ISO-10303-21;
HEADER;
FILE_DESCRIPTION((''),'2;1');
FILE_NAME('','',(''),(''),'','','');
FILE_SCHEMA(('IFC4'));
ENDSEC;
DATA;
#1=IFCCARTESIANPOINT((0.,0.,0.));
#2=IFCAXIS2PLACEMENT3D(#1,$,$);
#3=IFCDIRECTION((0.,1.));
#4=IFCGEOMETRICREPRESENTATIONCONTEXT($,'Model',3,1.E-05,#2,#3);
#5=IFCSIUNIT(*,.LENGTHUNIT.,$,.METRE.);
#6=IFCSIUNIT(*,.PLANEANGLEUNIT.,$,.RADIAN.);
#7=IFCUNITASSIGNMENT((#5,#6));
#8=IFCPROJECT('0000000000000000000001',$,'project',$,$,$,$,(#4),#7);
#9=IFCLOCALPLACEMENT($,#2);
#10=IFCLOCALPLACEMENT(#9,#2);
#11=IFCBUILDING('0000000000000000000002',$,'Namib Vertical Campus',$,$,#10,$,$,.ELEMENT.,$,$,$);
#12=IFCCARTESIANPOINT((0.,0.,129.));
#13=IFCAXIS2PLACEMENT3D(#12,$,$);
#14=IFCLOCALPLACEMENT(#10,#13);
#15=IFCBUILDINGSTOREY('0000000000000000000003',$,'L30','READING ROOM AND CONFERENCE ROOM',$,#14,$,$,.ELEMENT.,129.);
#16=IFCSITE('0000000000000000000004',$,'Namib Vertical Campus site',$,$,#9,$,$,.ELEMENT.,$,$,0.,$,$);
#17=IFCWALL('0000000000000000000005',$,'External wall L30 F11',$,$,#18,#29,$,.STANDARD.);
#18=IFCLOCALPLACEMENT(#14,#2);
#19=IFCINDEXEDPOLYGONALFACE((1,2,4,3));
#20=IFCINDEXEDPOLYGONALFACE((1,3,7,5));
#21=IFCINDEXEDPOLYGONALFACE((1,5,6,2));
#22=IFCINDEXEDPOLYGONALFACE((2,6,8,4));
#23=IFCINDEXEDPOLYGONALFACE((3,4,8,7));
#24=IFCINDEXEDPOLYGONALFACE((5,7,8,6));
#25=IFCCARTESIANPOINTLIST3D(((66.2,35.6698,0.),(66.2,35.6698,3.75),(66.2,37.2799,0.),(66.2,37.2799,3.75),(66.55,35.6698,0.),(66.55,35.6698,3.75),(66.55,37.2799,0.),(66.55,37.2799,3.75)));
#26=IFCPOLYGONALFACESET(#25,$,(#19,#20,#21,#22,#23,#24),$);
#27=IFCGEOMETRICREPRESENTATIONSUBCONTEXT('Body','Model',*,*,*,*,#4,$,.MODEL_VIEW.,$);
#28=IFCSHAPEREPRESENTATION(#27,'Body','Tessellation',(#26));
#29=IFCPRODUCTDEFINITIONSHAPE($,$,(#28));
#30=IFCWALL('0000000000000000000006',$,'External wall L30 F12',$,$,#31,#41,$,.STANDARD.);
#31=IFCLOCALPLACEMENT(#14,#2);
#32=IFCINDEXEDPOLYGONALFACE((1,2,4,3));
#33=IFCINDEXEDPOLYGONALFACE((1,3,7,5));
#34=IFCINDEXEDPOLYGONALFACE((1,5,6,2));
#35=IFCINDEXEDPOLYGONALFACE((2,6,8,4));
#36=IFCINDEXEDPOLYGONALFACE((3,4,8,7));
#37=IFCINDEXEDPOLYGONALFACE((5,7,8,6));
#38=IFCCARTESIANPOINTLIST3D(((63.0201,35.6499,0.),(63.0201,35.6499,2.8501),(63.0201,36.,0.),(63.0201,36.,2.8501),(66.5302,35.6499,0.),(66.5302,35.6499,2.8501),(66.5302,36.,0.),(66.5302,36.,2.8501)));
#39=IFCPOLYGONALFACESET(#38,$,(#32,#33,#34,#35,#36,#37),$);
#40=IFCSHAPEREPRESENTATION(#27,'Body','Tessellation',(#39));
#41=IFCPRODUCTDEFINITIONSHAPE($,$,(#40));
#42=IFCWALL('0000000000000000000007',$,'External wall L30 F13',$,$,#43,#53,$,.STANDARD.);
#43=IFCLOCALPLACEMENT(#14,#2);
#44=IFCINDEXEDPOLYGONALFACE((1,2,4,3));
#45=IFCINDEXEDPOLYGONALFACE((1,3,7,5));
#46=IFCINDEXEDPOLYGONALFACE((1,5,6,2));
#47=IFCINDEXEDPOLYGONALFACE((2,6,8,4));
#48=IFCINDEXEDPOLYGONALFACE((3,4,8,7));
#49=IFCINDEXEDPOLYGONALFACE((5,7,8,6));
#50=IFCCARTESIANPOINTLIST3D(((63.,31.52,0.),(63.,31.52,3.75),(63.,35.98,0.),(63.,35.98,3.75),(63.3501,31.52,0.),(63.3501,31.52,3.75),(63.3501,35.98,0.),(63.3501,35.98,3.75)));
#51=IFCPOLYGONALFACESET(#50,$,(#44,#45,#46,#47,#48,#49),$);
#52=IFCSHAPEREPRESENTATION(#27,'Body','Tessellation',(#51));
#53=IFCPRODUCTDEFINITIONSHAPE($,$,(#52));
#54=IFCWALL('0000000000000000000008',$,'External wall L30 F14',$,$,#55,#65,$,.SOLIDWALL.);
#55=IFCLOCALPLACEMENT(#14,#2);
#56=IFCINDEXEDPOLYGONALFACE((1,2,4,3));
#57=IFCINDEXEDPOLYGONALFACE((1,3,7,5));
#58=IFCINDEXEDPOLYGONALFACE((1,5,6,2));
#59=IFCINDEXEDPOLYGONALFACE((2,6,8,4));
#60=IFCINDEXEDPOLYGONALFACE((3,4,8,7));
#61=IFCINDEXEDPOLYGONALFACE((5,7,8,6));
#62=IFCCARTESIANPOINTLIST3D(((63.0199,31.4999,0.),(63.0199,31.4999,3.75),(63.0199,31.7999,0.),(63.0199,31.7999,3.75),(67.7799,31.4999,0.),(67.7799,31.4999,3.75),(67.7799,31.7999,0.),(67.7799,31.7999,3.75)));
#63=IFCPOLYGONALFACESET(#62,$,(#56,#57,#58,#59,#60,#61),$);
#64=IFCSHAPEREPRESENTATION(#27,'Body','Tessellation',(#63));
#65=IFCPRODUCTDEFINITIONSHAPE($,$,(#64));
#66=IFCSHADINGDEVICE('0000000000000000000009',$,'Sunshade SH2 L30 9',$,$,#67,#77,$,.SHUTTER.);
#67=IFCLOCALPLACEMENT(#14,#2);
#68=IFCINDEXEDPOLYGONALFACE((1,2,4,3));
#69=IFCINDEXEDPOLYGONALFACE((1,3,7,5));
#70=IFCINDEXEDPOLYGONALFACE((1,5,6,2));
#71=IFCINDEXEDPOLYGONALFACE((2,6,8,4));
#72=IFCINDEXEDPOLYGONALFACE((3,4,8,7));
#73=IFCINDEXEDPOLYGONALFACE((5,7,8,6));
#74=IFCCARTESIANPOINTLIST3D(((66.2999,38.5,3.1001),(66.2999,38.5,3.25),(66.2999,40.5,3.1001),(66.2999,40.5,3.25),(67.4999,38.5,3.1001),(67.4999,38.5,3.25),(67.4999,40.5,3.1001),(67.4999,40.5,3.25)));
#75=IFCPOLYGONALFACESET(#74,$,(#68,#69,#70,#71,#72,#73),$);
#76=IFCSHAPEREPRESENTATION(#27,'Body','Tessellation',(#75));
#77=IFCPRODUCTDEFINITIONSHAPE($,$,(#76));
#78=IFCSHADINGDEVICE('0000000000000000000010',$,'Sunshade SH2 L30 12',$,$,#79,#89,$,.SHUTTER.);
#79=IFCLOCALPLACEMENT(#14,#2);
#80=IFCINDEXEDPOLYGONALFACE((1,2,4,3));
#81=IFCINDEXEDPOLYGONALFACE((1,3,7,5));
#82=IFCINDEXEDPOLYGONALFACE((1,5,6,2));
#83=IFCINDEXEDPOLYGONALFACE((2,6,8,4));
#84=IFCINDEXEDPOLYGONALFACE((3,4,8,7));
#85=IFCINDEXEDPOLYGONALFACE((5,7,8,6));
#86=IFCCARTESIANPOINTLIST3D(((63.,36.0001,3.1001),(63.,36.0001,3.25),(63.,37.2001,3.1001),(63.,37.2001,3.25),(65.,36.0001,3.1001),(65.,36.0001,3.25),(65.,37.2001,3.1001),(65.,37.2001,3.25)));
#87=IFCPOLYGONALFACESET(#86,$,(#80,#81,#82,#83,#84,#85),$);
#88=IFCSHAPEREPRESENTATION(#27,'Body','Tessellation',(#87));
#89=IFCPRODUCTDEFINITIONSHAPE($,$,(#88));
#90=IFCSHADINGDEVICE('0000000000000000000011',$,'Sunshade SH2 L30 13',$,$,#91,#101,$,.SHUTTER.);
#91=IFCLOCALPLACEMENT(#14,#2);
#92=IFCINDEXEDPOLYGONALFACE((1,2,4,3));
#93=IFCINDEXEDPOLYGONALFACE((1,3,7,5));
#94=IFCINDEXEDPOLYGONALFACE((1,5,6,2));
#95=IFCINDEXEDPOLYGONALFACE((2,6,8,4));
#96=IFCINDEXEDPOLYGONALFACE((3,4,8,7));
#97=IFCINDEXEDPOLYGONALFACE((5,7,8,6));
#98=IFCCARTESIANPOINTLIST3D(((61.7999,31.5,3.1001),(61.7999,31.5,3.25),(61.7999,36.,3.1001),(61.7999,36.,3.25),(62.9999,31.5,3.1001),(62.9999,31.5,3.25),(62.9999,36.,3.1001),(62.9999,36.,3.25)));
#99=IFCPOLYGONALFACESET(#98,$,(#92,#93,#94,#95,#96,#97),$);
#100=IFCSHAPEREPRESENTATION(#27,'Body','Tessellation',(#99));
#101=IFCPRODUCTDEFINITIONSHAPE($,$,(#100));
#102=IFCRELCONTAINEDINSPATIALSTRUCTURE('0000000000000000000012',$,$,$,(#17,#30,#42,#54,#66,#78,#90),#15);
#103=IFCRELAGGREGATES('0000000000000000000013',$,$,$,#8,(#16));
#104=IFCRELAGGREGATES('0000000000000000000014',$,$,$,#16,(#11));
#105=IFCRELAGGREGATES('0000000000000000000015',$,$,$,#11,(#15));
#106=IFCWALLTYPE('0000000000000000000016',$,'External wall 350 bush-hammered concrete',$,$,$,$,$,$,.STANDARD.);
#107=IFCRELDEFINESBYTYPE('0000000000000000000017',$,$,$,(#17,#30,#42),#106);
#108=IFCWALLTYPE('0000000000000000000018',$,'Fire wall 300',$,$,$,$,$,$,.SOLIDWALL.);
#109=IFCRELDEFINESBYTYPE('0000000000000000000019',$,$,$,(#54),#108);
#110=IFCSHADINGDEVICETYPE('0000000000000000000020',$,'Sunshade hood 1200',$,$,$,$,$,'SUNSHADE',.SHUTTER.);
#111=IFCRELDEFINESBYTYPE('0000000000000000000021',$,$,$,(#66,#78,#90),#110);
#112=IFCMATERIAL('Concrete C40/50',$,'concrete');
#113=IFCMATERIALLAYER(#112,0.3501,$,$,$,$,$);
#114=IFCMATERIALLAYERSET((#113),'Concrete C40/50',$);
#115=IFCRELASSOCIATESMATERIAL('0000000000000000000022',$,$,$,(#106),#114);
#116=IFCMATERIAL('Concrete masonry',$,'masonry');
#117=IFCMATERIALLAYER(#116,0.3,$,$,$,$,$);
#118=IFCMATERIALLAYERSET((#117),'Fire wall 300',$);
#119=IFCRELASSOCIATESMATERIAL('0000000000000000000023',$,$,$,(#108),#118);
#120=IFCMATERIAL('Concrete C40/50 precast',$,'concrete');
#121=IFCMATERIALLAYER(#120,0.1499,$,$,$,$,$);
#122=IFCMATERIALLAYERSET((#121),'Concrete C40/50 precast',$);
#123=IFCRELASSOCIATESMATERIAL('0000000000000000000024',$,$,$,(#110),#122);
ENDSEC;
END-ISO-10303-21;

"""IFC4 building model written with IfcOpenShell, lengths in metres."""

from ifc_helpers import new_model, si_unit, direction, frame, frame_2d, origin, origin_2d, place, context, subcontext, project, spatial, rectangle, extrude, material, layer, layer_set, type_object, element, save


model = new_model("IFC4")

# Units and contexts
model_context = context("Model", 3, precision=1e-05, world=origin(), true_north=direction((0.0, 1.0)))
body_context = subcontext(model_context, "Body", "Model", "MODEL_VIEW")
ifc_project = project(units=[si_unit("LENGTHUNIT", "METRE"), si_unit("PLANEANGLEUNIT", "RADIAN")], contexts=[model_context])

# Site, building, storey
site_placement = place(None, origin())
site = spatial("IfcSite", under=ifc_project, at=site_placement, Name="Namib Vertical Campus site", CompositionType="ELEMENT", RefElevation=0.0)
building_placement = place(site_placement, origin())
building = spatial("IfcBuilding", under=site, at=building_placement, Name="Namib Vertical Campus", CompositionType="ELEMENT")
storey_placement = place(building_placement, frame((0.0, 0.0, 129.0)))
storey = spatial("IfcBuildingStorey", under=building, at=storey_placement, Name="L30", Description="READING ROOM AND CONFERENCE ROOM", CompositionType="ELEMENT", Elevation=129.0)

# Walls
ifc_material_1 = material(Name="Concrete C40/50", Category="concrete")
ifc_layer_1 = layer(ifc_material_1, 0.3501)
ifc_layer_set_1 = layer_set([ifc_layer_1], Name="Concrete C40/50")
wall_type_1 = type_object("IfcWallType", Name="External wall 350 bush-hammered concrete", PredefinedType="STANDARD", material=ifc_layer_set_1)
wall_1_placement = place(storey_placement, frame((66.375, 37.28, 0.0), z_axis=(0.0, 0.0, 1.0), x_axis=(0.0, -1.0, 0.0)))
element("IfcWall", 1, at=wall_1_placement, inside=storey, type_object=wall_type_1, Name="External wall L30 F11", PredefinedType="STANDARD", context=body_context, shape_type="SweptSolid", body=[
    extrude(rectangle(XDim=1.6101, YDim=0.3501, at=frame_2d((0.8052, 0.0))), origin(), (0.0, 0.0, 1.0), 3.75),
])
wall_2_placement = place(storey_placement, frame((66.53, 35.825, 0.0), z_axis=(0.0, 0.0, 1.0), x_axis=(-1.0, 0.0, 0.0)))
element("IfcWall", 2, at=wall_2_placement, inside=storey, type_object=wall_type_1, Name="External wall L30 F12", PredefinedType="STANDARD", context=body_context, shape_type="SweptSolid", body=[
    extrude(rectangle(XDim=3.51, YDim=0.3501, at=frame_2d((1.7549, 0.0))), origin(), (0.0, 0.0, 1.0), 2.8501),
])
wall_3_placement = place(storey_placement, frame((63.175, 35.98, 0.0), z_axis=(0.0, 0.0, 1.0), x_axis=(0.0, -1.0, 0.0)))
element("IfcWall", 3, at=wall_3_placement, inside=storey, type_object=wall_type_1, Name="External wall L30 F13", PredefinedType="STANDARD", context=body_context, shape_type="SweptSolid", body=[
    extrude(rectangle(XDim=4.46, YDim=0.3501, at=frame_2d((2.23, 0.0))), origin(), (0.0, 0.0, 1.0), 3.75),
])
ifc_material_2 = material(Name="Concrete masonry", Category="masonry")
ifc_layer_2 = layer(ifc_material_2, 0.3)
ifc_layer_set_2 = layer_set([ifc_layer_2], Name="Fire wall 300")
wall_type_2 = type_object("IfcWallType", Name="Fire wall 300", PredefinedType="SOLIDWALL", material=ifc_layer_set_2)
wall_4_placement = place(storey_placement, frame((63.02, 31.6499, 0.0), z_axis=(0.0, 0.0, 1.0), x_axis=(1.0, 0.0, 0.0)))
element("IfcWall", 4, at=wall_4_placement, inside=storey, type_object=wall_type_2, Name="External wall L30 F14", PredefinedType="SOLIDWALL", context=body_context, shape_type="SweptSolid", body=[
    extrude(rectangle(XDim=4.76, YDim=0.3, at=frame_2d((2.3799, 0.0))), origin(), (0.0, 0.0, 1.0), 3.75),
])

# Shading devices
ifc_material_3 = material(Name="Concrete C40/50 precast", Category="concrete")
ifc_layer_3 = layer(ifc_material_3, 0.1499)
ifc_layer_set_3 = layer_set([ifc_layer_3], Name="Concrete C40/50 precast")
shading_device_type = type_object("IfcShadingDeviceType", Name="Sunshade hood 1200", ElementType="SUNSHADE", PredefinedType="SHUTTER", material=ifc_layer_set_3)
for number, where, z_axis, x_axis, name in (
    (5, (66.8999, 39.5, 3.1001), (0.0, 0.0, 1.0), (0.0, -1.0, 0.0), "Sunshade SH2 L30 9"),
    (6, (64.0, 36.6001, 3.1001), (0.0, 0.0, 1.0), (-1.0, 0.0, 0.0), "Sunshade SH2 L30 12"),
):
    element("IfcShadingDevice", number, at=place(storey_placement, frame(where, z_axis=z_axis, x_axis=x_axis)), inside=storey, type_object=shading_device_type, Name=name, PredefinedType="SHUTTER", context=body_context, shape_type="SweptSolid", body=[
        extrude(rectangle(XDim=2.0, YDim=1.2, at=origin_2d()), origin(), (0.0, 0.0, 1.0), 0.1499),
    ])
shading_device_placement = place(storey_placement, frame((62.3999, 33.75, 3.1001), z_axis=(0.0, 0.0, 1.0), x_axis=(0.0, -1.0, 0.0)))
element("IfcShadingDevice", 7, at=shading_device_placement, inside=storey, type_object=shading_device_type, Name="Sunshade SH2 L30 13", PredefinedType="SHUTTER", context=body_context, shape_type="SweptSolid", body=[
    extrude(rectangle(XDim=4.5, YDim=1.2, at=origin_2d()), origin(), (0.0, 0.0, 1.0), 0.1499),
])

save(model, "model.ifc")
